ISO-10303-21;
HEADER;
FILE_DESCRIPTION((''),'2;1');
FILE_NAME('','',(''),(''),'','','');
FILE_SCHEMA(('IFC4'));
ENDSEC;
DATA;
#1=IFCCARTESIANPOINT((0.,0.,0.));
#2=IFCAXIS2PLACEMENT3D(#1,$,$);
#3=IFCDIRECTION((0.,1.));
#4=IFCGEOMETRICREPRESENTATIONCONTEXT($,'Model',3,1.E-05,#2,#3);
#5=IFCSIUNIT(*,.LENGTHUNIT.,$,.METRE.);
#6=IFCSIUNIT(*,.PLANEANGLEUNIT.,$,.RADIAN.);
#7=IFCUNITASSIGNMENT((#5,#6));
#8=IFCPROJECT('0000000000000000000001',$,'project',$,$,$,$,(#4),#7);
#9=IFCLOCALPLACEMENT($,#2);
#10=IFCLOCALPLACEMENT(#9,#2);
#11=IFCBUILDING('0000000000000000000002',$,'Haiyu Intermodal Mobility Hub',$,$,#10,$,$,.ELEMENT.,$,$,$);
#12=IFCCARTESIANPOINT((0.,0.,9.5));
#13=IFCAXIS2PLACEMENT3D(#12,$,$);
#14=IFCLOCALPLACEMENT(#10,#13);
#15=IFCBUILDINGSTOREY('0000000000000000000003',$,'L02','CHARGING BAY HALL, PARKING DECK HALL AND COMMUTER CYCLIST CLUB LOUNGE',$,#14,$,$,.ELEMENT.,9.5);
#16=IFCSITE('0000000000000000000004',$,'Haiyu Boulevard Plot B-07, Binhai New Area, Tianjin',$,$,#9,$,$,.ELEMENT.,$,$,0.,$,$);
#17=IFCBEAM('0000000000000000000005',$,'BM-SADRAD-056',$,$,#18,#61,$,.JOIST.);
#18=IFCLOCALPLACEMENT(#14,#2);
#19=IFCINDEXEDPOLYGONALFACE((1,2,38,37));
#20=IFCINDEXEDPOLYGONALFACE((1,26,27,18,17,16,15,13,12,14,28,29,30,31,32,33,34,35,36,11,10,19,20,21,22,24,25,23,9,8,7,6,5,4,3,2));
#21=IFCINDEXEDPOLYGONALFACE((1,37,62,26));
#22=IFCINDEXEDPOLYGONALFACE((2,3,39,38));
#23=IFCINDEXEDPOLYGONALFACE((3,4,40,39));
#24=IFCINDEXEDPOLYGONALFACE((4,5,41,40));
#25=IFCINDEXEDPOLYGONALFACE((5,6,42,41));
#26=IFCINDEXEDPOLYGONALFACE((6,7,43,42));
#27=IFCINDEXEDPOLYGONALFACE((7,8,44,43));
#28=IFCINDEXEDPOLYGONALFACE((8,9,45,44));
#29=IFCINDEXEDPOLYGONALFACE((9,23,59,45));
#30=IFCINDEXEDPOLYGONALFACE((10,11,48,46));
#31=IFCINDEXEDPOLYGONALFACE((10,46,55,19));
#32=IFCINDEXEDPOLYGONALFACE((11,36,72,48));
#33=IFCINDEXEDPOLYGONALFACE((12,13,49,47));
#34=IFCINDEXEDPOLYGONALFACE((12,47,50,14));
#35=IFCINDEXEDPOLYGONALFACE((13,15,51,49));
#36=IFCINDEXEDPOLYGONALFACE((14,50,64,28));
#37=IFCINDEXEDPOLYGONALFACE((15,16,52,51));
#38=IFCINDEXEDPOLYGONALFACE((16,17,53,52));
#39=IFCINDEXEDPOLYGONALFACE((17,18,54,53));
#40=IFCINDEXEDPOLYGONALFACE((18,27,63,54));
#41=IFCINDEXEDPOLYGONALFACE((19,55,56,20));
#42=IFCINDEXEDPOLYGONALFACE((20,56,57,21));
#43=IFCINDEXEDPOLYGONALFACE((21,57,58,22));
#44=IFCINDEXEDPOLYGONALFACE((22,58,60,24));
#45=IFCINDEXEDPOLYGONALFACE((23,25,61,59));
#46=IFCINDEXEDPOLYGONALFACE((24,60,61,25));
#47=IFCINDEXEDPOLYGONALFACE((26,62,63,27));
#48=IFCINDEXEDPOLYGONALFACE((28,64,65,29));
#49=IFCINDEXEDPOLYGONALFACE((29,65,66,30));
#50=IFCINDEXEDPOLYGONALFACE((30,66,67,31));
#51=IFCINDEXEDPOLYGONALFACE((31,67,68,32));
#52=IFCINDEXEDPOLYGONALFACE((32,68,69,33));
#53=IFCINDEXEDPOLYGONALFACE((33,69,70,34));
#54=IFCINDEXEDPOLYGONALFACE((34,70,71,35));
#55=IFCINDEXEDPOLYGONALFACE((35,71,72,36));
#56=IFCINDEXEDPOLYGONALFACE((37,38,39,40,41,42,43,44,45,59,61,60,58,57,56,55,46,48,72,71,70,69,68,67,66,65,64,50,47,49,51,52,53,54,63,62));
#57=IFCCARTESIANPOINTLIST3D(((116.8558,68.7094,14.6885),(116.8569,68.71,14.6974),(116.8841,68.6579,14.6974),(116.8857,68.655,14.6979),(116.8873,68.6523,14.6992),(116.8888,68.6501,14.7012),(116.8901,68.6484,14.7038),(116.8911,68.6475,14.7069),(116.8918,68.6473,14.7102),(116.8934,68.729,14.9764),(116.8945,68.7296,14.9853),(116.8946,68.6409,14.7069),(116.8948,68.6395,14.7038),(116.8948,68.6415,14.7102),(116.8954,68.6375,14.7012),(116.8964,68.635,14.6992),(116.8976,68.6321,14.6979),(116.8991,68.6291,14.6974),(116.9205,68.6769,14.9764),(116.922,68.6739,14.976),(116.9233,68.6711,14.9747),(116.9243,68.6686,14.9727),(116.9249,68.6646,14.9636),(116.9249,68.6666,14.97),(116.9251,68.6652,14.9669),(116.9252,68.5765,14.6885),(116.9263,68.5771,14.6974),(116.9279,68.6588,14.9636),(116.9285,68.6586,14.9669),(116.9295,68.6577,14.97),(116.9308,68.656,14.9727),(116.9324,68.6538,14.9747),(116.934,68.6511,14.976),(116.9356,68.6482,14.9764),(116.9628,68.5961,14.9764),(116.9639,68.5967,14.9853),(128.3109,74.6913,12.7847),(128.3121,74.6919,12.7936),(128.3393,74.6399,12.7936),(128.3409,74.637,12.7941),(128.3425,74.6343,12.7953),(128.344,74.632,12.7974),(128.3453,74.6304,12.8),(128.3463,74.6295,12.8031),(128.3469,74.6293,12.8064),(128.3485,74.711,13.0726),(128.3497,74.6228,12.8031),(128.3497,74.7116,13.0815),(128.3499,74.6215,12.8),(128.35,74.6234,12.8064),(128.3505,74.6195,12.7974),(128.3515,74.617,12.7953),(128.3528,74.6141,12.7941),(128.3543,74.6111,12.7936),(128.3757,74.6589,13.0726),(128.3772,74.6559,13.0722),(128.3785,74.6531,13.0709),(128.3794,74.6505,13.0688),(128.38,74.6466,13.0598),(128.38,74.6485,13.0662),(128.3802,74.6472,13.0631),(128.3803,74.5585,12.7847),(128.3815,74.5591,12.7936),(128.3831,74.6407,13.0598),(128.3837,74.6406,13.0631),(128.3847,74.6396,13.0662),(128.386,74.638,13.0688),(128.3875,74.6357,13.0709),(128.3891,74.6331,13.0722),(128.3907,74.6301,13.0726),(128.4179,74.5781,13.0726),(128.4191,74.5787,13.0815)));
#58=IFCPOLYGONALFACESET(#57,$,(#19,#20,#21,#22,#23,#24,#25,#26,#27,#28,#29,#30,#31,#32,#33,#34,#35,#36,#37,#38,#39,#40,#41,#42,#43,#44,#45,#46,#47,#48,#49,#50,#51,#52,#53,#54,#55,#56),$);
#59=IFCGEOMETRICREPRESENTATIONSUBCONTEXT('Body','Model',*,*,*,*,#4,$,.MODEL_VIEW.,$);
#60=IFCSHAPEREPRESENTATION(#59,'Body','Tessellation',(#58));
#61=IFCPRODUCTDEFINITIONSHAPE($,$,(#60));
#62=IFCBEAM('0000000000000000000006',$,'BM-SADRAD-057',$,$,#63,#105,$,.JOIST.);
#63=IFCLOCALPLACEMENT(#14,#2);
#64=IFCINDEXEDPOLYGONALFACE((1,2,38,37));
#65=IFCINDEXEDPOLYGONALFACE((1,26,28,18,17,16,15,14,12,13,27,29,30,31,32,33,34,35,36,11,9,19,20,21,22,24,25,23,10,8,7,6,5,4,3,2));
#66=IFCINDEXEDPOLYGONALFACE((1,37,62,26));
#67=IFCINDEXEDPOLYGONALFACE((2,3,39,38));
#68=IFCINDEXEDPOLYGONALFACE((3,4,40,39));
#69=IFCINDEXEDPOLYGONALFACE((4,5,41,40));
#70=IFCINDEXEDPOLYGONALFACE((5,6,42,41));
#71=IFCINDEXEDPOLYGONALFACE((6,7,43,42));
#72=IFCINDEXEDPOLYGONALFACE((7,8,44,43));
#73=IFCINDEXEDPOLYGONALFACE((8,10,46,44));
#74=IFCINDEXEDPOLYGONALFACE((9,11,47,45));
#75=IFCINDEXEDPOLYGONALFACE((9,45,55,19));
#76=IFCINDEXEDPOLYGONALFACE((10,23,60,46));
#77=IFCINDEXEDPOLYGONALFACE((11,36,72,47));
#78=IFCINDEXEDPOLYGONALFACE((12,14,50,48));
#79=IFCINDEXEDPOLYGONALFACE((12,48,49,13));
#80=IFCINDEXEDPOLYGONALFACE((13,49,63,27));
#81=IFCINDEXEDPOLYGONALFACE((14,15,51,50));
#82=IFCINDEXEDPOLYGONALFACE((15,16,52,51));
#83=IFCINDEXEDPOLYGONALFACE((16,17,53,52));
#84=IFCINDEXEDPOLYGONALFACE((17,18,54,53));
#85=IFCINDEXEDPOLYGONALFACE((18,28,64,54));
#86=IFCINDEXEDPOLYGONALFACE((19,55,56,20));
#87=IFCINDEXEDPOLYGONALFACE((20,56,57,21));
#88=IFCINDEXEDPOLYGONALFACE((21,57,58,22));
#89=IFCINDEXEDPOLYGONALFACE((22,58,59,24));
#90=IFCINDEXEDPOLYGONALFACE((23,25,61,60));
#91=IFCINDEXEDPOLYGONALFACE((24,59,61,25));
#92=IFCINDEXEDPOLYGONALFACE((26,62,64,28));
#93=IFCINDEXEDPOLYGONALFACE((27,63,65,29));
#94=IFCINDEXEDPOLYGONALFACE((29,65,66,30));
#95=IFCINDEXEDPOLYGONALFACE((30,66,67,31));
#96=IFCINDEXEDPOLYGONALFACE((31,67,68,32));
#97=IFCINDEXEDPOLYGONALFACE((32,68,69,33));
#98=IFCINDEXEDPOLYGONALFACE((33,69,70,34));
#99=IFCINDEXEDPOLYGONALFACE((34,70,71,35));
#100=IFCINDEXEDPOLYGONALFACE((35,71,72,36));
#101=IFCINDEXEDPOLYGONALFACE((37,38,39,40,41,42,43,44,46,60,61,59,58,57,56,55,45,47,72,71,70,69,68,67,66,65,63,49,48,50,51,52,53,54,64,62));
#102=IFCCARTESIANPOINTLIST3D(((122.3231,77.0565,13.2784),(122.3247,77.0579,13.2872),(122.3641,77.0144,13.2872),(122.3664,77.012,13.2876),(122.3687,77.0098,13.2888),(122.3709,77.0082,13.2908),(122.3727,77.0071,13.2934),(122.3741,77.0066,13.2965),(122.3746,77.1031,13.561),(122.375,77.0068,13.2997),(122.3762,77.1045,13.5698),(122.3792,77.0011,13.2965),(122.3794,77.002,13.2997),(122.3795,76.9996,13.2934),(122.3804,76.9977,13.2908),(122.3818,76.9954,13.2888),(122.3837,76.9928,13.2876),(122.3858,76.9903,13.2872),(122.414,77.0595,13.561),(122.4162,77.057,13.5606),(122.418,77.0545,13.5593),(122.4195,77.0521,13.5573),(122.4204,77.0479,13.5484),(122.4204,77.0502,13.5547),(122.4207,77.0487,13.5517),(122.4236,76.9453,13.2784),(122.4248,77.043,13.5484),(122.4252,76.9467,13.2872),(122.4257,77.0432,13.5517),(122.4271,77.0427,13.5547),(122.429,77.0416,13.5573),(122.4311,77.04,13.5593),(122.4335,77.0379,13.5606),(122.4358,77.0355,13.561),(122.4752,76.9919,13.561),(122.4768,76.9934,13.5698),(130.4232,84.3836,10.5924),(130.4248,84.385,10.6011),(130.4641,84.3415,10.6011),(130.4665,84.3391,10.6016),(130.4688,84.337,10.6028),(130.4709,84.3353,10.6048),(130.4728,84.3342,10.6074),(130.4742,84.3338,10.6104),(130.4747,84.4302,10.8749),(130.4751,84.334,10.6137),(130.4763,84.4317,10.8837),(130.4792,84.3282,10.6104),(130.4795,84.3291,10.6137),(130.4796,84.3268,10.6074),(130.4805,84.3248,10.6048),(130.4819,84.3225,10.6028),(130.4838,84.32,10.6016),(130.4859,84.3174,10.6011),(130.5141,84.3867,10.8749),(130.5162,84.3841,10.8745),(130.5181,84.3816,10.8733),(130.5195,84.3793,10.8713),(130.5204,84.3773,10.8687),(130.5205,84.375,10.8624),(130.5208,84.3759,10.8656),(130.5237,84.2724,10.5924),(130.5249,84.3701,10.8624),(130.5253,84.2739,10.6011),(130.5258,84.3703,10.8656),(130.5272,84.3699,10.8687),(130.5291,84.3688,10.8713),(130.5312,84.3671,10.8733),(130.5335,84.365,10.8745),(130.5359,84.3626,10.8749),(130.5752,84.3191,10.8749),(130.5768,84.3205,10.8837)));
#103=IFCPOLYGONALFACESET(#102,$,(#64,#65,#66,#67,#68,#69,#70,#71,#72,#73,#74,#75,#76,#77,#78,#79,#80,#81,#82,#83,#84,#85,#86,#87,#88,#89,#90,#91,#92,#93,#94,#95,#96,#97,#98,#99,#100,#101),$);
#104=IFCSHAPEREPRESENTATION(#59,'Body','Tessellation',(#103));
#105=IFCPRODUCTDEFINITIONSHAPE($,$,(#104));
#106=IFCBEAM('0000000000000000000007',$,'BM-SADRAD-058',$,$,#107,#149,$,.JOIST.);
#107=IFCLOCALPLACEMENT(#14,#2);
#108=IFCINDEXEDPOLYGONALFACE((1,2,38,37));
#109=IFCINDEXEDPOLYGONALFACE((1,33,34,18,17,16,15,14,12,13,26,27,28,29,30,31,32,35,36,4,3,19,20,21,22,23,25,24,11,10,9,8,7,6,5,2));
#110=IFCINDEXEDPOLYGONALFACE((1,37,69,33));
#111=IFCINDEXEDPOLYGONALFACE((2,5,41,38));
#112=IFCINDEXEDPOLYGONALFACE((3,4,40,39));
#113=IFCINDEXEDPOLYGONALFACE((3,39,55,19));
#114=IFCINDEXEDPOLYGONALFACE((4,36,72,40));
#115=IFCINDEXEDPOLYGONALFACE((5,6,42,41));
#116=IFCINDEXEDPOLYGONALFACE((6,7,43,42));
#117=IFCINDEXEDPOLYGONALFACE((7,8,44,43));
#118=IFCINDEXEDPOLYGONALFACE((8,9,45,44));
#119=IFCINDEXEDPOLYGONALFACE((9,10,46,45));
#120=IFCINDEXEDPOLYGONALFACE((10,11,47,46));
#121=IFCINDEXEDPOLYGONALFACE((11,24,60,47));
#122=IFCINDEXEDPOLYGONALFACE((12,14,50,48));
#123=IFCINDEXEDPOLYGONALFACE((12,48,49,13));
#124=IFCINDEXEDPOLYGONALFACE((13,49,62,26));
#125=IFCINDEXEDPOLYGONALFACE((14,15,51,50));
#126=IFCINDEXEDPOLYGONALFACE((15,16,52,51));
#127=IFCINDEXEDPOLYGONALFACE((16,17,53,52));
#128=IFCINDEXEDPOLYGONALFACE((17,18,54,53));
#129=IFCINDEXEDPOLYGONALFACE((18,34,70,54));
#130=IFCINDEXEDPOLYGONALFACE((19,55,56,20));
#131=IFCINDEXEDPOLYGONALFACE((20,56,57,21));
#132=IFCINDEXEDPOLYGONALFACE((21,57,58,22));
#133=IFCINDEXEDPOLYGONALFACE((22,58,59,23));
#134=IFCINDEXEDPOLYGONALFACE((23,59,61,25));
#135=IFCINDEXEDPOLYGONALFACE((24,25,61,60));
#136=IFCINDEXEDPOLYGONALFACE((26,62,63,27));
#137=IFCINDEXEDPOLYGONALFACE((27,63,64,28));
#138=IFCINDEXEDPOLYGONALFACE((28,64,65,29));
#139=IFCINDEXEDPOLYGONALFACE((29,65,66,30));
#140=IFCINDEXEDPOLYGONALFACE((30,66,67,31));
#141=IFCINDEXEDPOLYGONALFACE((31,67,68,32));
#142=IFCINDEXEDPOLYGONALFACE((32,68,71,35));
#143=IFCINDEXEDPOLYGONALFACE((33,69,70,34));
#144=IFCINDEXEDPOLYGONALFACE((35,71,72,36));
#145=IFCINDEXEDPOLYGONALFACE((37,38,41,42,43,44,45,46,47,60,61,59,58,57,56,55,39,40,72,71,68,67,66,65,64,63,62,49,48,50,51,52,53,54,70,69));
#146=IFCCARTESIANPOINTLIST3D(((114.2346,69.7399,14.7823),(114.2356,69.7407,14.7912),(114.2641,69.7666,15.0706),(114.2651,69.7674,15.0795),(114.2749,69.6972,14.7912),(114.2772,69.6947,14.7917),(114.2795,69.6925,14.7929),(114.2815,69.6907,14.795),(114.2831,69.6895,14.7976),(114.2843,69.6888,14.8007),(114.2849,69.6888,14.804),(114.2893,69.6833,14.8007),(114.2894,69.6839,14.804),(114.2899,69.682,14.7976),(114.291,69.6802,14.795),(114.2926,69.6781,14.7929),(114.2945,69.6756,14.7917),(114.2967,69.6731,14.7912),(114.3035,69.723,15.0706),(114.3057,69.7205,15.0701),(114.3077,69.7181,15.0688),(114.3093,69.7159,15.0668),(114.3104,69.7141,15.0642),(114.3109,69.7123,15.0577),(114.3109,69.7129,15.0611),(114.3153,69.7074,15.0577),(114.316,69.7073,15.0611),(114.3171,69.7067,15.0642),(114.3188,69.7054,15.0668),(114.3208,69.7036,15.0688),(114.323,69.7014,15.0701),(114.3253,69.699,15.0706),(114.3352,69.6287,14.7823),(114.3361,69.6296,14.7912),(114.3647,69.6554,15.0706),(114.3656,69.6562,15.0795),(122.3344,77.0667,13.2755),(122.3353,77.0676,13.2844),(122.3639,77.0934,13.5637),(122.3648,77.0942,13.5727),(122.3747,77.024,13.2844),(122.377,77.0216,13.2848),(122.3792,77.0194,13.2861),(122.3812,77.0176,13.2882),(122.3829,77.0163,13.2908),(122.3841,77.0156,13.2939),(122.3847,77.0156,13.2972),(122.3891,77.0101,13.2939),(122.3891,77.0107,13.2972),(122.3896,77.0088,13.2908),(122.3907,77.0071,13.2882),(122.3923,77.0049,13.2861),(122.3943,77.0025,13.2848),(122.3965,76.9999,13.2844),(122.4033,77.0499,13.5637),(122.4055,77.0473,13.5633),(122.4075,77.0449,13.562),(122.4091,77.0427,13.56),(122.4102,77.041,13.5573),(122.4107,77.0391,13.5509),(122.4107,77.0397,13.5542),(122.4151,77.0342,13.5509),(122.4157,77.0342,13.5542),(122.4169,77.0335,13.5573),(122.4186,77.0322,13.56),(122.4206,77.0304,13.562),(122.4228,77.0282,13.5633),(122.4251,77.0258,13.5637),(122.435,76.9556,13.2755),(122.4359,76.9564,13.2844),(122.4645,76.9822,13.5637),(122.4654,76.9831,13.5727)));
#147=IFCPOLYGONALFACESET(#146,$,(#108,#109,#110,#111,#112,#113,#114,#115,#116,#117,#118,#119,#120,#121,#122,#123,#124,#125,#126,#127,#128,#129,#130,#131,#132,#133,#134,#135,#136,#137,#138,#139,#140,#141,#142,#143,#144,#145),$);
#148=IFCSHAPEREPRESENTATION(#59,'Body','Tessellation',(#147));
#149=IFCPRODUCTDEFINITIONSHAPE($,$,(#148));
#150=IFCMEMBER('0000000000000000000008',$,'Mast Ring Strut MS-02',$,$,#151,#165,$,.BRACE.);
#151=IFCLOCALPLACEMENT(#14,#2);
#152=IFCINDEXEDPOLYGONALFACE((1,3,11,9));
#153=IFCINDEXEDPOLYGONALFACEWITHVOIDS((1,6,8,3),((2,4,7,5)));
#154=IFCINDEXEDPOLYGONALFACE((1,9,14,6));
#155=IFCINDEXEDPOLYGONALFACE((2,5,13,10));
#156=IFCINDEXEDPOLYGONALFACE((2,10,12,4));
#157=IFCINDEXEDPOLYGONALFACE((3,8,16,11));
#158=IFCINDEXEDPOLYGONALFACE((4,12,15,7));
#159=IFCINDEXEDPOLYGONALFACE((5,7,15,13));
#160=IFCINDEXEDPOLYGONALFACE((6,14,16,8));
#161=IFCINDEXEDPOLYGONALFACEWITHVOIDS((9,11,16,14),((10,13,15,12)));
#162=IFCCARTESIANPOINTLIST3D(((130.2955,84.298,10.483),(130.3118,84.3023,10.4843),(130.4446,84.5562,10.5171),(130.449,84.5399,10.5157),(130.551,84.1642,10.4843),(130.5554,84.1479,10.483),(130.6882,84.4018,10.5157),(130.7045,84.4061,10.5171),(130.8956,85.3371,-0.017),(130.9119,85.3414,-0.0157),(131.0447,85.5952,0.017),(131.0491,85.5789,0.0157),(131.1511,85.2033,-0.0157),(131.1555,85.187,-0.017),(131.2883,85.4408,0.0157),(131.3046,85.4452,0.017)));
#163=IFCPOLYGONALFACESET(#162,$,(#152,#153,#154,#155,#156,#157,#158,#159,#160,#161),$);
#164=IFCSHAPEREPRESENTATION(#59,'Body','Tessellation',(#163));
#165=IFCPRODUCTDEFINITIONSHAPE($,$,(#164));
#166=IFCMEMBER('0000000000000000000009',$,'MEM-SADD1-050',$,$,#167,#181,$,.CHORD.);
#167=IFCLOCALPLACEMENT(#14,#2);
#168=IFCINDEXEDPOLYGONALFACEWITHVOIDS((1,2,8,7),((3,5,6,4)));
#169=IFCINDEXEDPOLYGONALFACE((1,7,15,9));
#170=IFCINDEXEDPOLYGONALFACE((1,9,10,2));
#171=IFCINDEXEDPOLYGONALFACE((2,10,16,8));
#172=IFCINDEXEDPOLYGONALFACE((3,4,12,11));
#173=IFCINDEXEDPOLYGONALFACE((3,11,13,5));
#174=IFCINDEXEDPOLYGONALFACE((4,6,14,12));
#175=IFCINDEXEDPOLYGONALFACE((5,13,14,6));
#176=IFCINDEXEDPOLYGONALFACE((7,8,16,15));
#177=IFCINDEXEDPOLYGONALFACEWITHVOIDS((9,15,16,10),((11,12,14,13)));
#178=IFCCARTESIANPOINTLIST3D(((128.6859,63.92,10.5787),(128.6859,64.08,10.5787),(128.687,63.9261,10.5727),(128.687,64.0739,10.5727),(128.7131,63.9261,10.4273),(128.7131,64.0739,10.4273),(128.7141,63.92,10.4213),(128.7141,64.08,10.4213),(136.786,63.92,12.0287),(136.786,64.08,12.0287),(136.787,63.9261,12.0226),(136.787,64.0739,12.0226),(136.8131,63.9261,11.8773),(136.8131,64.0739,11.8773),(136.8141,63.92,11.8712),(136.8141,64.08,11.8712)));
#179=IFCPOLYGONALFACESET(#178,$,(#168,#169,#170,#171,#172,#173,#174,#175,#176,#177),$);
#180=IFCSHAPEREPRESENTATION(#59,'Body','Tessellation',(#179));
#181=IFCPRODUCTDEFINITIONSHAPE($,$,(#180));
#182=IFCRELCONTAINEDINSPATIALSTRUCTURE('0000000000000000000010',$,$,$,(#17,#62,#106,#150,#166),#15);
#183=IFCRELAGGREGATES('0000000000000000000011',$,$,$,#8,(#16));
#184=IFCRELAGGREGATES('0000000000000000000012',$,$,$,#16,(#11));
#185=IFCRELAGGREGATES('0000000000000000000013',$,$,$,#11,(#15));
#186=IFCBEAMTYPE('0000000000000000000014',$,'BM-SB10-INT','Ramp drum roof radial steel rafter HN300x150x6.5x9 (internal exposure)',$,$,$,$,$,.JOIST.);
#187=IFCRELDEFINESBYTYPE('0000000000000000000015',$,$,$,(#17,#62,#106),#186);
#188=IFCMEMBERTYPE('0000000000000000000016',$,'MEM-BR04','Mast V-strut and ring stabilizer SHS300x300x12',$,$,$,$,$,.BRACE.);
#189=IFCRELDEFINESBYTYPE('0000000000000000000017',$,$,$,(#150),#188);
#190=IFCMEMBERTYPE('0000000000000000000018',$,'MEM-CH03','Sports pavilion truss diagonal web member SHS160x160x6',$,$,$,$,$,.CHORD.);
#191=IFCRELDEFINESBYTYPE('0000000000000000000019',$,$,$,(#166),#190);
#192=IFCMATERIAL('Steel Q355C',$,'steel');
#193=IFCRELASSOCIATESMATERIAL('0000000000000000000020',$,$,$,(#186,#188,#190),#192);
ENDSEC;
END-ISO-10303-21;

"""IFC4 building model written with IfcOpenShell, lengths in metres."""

from ifc_helpers import new_model, si_unit, direction, frame, origin, origin_2d, place, context, subcontext, project, spatial, hollow_rectangle, i_section, extrude, material, material_profile, profile_set, type_object, element, save


model = new_model("IFC4")

# Units and contexts
model_context = context("Model", 3, precision=1e-05, world=origin(), true_north=direction((0.0, 1.0)))
body_context = subcontext(model_context, "Body", "Model", "MODEL_VIEW")
ifc_project = project(units=[si_unit("LENGTHUNIT", "METRE"), si_unit("PLANEANGLEUNIT", "RADIAN")], contexts=[model_context])

# Site, building, storey
site_placement = place(None, origin())
site = spatial("IfcSite", under=ifc_project, at=site_placement, Name="Haiyu Boulevard Plot B-07, Binhai New Area, Tianjin", CompositionType="ELEMENT", RefElevation=0.0)
building_placement = place(site_placement, origin())
building = spatial("IfcBuilding", under=site, at=building_placement, Name="Haiyu Intermodal Mobility Hub", CompositionType="ELEMENT")
storey_placement = place(building_placement, frame((0.0, 0.0, 9.5)))
storey = spatial("IfcBuildingStorey", under=building, at=storey_placement, Name="L02", Description="CHARGING BAY HALL, PARKING DECK HALL AND COMMUTER CYCLIST CLUB LOUNGE", CompositionType="ELEMENT", Elevation=9.5)

# Shared definitions
ifc_material_1 = material(Name="Steel Q355C", Category="steel")

# Beams
ifc_material_profile_1 = material_profile(ifc_material_1, i_section(OverallWidth=0.1499, OverallDepth=0.3, WebThickness=0.0066, FlangeThickness=0.009, FilletRadius=0.0129, at=origin_2d()), Name="HN300x150x6.5x9")
ifc_profile_set_1 = profile_set([ifc_material_profile_1], Name="Steel Q355C")
beam_type_1 = type_object("IfcBeamType", Name="BM-SB10-INT", Description="Ramp drum roof radial steel rafter HN300x150x6.5x9 (internal exposure)", PredefinedType="JOIST", material=ifc_profile_set_1)
beam_1_placement = place(storey_placement, frame((128.365, 74.635, 12.9331), z_axis=(-0.876949, -0.45795, 0.145747), x_axis=(0.462893, -0.886414, 0.0)))
element("IfcBeam", 1, at=beam_1_placement, inside=storey, type_object=beam_type_1, Name="BM-SADRAD-056", PredefinedType="JOIST", context=body_context, shape_type="SweptSolid", body=[
    extrude(i_section(OverallWidth=0.1499, OverallDepth=0.3, WebThickness=0.0066, FlangeThickness=0.009, FilletRadius=0.0129, at=origin_2d()), origin(), (0.0, 0.0, 1.0), 13.0625),
])
beam_2_placement = place(storey_placement, frame((130.5, 84.3521, 10.738), z_axis=(-0.720148, -0.651428, 0.238805), x_axis=(0.670837, -0.741605, 0.0)))
element("IfcBeam", 2, at=beam_2_placement, inside=storey, type_object=beam_type_1, Name="BM-SADRAD-057", PredefinedType="JOIST", context=body_context, shape_type="SweptSolid", body=[
    extrude(i_section(OverallWidth=0.1499, OverallDepth=0.3, WebThickness=0.0066, FlangeThickness=0.009, FilletRadius=0.0129, at=origin_2d()), origin(), (0.0, 0.0, 1.0), 11.2478),
])
beam_3_placement = place(storey_placement, frame((122.3999, 77.0249, 13.4241), z_axis=(-0.734647, -0.664542, 0.136668), x_axis=(0.670836, -0.741606, 0.0)))
element("IfcBeam", 3, at=beam_3_placement, inside=storey, type_object=beam_type_1, Name="BM-SADRAD-058", PredefinedType="JOIST", context=body_context, shape_type="SweptSolid", body=[
    extrude(i_section(OverallWidth=0.1499, OverallDepth=0.3, WebThickness=0.0066, FlangeThickness=0.009, FilletRadius=0.0129, at=origin_2d()), origin(), (0.0, 0.0, 1.0), 11.0254),
])

# Members
ifc_material_profile_2 = material_profile(ifc_material_1, hollow_rectangle(XDim=0.3, YDim=0.3, WallThickness=0.012, at=origin_2d()), Name="SHS300x300x12")
ifc_profile_set_2 = profile_set([ifc_material_profile_2], Name="Steel Q355C")
member_type_1 = type_object("IfcMemberType", Name="MEM-BR04", Description="Mast V-strut and ring stabilizer SHS300x300x12", PredefinedType="BRACE", material=ifc_profile_set_2)
member_1_placement = place(storey_placement, frame((131.1001, 85.3911, 0.0), z_axis=(-0.056783, -0.098318, 0.993534), x_axis=(0.865955, -0.500122, 0.0)))
element("IfcMember", 4, at=member_1_placement, inside=storey, type_object=member_type_1, Name="Mast Ring Strut MS-02", PredefinedType="BRACE", context=body_context, shape_type="SweptSolid", body=[
    extrude(hollow_rectangle(XDim=0.3, YDim=0.3, WallThickness=0.012, at=origin_2d()), origin(), (0.0, 0.0, 1.0), 10.5684),
])
ifc_material_profile_3 = material_profile(ifc_material_1, hollow_rectangle(XDim=0.1599, YDim=0.1599, WallThickness=0.0061, at=origin_2d()), Name="SHS160x160x6")
ifc_profile_set_3 = profile_set([ifc_material_profile_3], Name="Steel Q355C")
member_type_2 = type_object("IfcMemberType", Name="MEM-CH03", Description="Sports pavilion truss diagonal web member SHS160x160x6", PredefinedType="CHORD", material=ifc_profile_set_3)
member_2_placement = place(storey_placement, frame((136.8, 64.0, 11.95), z_axis=(-0.984354, 0.0, -0.176203), x_axis=(0.0, -1.0, 0.0)))
element("IfcMember", 5, at=member_2_placement, inside=storey, type_object=member_type_2, Name="MEM-SADD1-050", PredefinedType="CHORD", context=body_context, shape_type="SweptSolid", body=[
    extrude(hollow_rectangle(XDim=0.1599, YDim=0.1599, WallThickness=0.0061, at=origin_2d()), origin(), (0.0, 0.0, 1.0), 8.2288),
])

save(model, "model.ifc")
